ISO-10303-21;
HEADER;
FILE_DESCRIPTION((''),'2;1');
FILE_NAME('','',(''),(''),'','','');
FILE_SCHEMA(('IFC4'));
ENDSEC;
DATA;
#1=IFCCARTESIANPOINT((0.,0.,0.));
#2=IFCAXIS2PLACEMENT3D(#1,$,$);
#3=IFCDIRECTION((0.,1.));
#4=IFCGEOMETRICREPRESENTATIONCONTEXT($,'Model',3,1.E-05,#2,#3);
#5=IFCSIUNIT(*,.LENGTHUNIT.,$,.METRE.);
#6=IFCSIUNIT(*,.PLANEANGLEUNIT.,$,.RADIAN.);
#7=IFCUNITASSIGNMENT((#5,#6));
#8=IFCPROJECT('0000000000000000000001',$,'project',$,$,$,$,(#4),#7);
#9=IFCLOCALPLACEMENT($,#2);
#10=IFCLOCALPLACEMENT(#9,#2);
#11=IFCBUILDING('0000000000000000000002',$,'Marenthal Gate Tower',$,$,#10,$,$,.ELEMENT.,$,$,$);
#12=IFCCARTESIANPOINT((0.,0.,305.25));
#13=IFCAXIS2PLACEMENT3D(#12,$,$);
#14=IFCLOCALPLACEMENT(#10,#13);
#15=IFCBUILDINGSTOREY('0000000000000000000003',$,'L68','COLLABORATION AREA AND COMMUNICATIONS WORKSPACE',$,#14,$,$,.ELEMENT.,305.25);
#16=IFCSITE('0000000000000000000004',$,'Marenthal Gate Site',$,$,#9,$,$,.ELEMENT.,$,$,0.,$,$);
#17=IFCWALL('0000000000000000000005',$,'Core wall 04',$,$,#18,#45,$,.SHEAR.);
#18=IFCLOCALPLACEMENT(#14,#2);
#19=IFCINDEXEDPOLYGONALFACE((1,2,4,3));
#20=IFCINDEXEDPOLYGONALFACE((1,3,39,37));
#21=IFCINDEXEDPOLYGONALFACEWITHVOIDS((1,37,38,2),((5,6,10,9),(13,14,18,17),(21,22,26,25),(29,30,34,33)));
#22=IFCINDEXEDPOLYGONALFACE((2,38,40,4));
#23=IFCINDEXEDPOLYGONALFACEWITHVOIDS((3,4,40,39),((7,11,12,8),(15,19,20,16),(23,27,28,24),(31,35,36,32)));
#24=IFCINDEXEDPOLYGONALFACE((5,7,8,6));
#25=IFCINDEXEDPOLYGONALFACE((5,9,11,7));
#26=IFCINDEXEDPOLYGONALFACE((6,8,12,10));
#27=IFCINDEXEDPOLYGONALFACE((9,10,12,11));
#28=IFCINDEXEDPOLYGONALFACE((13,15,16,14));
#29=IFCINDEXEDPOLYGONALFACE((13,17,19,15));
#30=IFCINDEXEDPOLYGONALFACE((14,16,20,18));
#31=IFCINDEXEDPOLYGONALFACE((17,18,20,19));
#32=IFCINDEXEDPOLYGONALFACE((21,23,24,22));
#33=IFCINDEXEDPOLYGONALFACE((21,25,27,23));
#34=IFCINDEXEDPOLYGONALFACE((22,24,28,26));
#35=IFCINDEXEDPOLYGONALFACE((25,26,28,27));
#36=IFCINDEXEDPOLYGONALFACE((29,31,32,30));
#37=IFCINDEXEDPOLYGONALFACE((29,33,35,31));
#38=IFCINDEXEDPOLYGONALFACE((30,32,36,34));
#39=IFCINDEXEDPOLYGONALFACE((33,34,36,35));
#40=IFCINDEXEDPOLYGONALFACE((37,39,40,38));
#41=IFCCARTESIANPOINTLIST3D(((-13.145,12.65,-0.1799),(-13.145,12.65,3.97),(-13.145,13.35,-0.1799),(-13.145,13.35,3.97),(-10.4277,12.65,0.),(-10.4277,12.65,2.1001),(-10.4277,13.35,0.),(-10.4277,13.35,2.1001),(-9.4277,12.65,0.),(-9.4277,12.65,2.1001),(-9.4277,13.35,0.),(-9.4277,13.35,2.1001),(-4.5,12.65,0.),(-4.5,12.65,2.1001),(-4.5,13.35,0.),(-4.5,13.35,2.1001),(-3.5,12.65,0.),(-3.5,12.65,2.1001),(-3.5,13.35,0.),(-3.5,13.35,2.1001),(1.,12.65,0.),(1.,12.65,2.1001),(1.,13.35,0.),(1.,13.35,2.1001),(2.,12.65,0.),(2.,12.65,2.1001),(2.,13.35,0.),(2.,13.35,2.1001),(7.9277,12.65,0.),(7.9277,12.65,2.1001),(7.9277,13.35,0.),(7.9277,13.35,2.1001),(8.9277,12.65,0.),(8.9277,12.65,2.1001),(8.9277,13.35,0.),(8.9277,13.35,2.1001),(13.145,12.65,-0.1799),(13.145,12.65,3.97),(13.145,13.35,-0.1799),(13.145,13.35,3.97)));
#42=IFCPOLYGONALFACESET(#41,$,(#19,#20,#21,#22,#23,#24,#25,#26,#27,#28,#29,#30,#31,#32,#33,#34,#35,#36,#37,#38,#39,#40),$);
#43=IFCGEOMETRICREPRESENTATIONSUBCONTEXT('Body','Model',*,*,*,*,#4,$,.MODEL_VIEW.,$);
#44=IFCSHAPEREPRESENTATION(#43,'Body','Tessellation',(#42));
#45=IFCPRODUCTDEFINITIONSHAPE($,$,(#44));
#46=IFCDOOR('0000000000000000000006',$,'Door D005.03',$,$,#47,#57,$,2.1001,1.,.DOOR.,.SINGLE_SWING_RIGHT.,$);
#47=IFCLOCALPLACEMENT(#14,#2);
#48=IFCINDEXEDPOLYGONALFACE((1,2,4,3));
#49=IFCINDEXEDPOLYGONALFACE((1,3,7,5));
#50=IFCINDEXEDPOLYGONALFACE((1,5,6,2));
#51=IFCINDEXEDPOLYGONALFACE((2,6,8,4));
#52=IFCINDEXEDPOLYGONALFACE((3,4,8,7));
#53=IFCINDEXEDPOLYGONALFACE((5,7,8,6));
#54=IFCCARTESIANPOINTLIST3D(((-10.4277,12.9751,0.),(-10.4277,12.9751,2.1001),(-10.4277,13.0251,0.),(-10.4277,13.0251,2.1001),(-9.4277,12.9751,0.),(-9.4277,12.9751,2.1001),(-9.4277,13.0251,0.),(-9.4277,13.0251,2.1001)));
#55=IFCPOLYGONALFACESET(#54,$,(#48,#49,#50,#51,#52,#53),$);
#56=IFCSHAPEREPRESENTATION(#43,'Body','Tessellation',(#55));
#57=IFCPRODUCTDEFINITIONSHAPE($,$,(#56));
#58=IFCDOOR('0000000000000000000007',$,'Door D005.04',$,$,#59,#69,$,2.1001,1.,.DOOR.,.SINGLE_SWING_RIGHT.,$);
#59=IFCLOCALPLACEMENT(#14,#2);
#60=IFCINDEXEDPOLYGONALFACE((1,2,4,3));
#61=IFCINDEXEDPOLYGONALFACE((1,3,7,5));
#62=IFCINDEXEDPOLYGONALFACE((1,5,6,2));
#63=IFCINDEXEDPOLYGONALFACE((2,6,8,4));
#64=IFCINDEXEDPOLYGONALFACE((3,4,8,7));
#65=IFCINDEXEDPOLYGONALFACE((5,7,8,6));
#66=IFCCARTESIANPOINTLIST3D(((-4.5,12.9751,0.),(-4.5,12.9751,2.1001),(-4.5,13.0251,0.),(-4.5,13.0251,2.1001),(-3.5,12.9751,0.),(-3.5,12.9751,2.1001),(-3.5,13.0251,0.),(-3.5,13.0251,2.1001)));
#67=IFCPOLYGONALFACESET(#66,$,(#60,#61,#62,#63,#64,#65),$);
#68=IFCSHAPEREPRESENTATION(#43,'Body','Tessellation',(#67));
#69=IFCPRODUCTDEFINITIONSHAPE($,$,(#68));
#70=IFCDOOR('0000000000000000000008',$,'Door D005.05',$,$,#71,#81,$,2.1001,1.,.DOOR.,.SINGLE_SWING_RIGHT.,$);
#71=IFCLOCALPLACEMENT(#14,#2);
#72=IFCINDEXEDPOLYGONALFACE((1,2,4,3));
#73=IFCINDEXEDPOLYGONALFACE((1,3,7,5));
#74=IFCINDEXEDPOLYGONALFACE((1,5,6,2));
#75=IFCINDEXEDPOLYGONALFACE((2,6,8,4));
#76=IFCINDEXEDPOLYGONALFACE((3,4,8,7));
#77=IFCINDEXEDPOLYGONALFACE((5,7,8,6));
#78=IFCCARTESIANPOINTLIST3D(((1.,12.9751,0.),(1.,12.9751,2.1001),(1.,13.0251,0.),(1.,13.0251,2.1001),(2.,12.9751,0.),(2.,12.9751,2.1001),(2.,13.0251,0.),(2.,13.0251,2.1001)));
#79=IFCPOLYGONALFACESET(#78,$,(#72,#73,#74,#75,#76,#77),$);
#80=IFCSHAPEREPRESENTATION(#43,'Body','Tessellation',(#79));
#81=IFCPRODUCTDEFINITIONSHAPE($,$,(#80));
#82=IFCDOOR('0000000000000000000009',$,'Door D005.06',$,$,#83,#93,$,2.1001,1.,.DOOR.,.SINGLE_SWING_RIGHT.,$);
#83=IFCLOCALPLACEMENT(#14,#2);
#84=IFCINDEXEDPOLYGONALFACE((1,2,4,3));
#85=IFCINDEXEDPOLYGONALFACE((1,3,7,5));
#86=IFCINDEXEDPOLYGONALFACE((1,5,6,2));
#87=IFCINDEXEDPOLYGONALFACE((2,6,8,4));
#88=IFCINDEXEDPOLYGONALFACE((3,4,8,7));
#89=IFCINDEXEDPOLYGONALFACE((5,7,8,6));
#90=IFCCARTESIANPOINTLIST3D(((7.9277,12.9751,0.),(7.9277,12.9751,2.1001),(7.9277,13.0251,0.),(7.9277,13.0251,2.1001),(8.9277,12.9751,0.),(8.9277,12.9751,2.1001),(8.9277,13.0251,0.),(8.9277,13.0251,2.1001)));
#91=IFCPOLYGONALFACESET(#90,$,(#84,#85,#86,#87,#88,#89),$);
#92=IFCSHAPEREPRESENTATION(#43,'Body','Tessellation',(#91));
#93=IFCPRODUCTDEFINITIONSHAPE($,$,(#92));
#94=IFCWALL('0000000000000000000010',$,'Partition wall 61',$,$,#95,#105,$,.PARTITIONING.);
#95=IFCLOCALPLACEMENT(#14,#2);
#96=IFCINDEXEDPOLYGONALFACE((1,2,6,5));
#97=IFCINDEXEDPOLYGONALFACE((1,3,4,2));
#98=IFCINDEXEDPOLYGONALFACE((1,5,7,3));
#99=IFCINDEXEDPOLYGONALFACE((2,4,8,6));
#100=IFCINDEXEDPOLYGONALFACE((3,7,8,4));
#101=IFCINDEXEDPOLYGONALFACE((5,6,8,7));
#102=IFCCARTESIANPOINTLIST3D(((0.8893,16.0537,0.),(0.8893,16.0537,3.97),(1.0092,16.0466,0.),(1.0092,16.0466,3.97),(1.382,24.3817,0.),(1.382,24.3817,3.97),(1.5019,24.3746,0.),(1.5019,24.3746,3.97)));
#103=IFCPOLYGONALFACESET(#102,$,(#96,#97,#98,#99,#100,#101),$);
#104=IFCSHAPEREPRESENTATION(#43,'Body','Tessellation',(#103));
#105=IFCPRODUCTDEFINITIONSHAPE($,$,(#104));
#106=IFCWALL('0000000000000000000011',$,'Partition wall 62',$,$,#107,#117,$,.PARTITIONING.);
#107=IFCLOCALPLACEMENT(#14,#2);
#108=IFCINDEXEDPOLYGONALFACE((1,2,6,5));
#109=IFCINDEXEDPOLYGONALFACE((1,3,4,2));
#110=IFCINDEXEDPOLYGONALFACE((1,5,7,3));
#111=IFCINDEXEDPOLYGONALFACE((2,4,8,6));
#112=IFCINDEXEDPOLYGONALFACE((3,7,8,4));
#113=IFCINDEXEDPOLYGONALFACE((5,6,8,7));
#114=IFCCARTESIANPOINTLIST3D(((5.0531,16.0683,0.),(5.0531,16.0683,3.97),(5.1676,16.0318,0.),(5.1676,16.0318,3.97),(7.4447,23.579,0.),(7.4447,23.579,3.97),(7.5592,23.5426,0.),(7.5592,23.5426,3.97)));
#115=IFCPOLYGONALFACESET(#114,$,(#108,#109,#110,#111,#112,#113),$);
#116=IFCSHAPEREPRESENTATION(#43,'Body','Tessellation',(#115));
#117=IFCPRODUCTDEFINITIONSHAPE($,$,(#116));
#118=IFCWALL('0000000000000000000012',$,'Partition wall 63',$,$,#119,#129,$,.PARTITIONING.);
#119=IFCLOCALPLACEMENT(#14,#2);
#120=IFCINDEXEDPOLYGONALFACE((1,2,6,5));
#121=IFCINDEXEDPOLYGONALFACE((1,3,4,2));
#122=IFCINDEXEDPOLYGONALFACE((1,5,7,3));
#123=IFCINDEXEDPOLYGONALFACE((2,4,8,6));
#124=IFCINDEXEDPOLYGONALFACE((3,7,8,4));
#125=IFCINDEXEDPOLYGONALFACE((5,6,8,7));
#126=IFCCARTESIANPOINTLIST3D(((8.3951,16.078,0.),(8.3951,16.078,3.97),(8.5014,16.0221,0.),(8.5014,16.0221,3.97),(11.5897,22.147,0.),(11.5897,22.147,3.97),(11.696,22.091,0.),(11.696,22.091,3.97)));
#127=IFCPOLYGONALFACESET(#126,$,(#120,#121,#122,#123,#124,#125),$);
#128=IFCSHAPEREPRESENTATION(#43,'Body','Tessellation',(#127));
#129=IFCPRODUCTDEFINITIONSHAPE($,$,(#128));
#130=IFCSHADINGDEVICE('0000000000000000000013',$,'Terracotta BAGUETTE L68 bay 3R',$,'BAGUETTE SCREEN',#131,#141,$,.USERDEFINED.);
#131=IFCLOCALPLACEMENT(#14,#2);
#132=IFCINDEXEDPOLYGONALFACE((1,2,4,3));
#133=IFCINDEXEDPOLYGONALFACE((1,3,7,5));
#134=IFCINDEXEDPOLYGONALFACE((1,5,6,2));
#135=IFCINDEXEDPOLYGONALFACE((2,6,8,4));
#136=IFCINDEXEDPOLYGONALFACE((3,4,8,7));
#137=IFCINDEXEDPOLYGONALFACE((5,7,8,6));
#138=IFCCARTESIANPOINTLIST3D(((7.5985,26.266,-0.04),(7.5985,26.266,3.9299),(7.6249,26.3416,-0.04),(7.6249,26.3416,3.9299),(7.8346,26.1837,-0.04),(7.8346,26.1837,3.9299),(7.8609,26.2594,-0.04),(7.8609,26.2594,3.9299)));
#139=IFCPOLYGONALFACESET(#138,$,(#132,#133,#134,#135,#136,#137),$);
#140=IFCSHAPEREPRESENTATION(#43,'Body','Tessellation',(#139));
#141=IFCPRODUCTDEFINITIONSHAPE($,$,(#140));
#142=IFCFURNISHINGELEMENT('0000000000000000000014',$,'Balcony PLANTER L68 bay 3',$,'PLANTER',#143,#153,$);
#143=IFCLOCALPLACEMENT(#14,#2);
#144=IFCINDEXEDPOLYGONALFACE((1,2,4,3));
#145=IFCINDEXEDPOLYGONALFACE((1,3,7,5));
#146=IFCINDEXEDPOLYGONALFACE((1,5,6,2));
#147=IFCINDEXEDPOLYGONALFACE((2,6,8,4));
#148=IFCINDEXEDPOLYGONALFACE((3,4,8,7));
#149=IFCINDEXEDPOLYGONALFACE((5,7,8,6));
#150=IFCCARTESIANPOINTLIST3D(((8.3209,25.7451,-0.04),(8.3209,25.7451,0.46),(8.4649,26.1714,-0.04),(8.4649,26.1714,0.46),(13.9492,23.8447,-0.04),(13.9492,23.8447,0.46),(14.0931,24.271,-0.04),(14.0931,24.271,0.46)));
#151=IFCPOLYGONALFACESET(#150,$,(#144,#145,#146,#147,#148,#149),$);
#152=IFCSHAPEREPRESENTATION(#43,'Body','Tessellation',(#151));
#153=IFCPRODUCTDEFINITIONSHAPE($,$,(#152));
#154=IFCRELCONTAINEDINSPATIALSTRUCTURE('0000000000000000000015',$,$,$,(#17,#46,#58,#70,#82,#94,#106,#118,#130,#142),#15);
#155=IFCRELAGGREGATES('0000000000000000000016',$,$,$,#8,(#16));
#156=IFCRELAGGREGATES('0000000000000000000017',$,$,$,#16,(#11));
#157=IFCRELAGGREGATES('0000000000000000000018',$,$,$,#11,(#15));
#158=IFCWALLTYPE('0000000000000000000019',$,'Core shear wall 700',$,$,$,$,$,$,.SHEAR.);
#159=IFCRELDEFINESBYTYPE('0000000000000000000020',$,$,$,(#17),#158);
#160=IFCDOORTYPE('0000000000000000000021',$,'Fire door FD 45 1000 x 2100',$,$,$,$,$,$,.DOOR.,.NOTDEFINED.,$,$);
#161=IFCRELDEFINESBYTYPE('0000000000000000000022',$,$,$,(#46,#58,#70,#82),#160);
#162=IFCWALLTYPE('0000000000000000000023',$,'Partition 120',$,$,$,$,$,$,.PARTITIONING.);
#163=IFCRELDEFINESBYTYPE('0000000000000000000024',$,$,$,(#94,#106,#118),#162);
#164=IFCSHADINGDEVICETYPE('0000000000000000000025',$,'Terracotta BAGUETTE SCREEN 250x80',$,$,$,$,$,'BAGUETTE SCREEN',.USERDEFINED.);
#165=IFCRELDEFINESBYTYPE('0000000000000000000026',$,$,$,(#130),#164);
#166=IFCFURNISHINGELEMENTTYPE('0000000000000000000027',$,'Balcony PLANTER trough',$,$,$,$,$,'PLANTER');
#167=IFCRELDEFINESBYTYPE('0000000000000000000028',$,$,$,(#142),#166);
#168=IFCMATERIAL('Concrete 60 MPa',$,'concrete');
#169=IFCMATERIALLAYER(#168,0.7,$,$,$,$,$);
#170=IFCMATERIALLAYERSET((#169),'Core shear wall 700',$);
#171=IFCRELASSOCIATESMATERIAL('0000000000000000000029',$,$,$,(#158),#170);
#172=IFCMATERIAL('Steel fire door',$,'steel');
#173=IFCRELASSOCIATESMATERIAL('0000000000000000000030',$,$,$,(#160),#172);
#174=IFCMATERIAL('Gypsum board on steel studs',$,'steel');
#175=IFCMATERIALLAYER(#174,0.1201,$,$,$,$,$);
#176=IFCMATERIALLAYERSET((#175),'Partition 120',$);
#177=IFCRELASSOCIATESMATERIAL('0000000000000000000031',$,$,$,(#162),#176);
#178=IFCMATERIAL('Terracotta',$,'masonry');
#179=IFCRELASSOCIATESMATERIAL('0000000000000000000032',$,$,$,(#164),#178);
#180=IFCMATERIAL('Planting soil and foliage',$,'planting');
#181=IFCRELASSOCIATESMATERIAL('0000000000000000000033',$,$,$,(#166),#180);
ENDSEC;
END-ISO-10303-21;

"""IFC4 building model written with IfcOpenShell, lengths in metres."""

from ifc_helpers import new_model, si_unit, direction, frame, frame_2d, origin, origin_2d, place, context, subcontext, project, spatial, rectangle, extrude, material, layer, layer_set, material_profile, profile_set, type_object, element, fill, save


model = new_model("IFC4")

# Units and contexts
model_context = context("Model", 3, precision=1e-05, world=origin(), true_north=direction((0.0, 1.0)))
body_context = subcontext(model_context, "Body", "Model", "MODEL_VIEW")
ifc_project = project(units=[si_unit("LENGTHUNIT", "METRE"), si_unit("PLANEANGLEUNIT", "RADIAN")], contexts=[model_context])

# Site, building, storey
site_placement = place(None, origin())
site = spatial("IfcSite", under=ifc_project, at=site_placement, Name="Marenthal Gate Site", CompositionType="ELEMENT", RefElevation=0.0)
building_placement = place(site_placement, origin())
building = spatial("IfcBuilding", under=site, at=building_placement, Name="Marenthal Gate Tower", CompositionType="ELEMENT")
storey_placement = place(building_placement, frame((0.0, 0.0, 305.25)))
storey = spatial("IfcBuildingStorey", under=building, at=storey_placement, Name="L68", Description="COLLABORATION AREA AND COMMUNICATIONS WORKSPACE", CompositionType="ELEMENT", Elevation=305.25)

# Wall, openings, doors
ifc_material_1 = material(Name="Concrete 60 MPa", Category="concrete")
ifc_layer_1 = layer(ifc_material_1, 0.7)
ifc_layer_set_1 = layer_set([ifc_layer_1], Name="Core shear wall 700")
wall_type_1 = type_object("IfcWallType", Name="Core shear wall 700", PredefinedType="SHEAR", material=ifc_layer_set_1)
wall_1_placement = place(storey_placement, frame((13.145, 13.0, -0.1799), z_axis=(0.0, 0.0, 1.0), x_axis=(-1.0, 0.0, 0.0)))
wall_1 = element("IfcWall", 1, at=wall_1_placement, inside=storey, type_object=wall_type_1, Name="Core wall 04", PredefinedType="SHEAR", context=body_context, shape_type="SweptSolid", body=[
    extrude(rectangle(XDim=26.29, YDim=0.7, at=frame_2d((13.145, 0.0))), origin(), (0.0, 0.0, 1.0), 4.1499),
])
opening_1_placement = place(wall_1_placement, frame((22.5728, 0.0, 0.1799)))
opening_1 = element("IfcOpeningElement", 2, at=opening_1_placement, cuts=wall_1, PredefinedType="OPENING", context=body_context, shape_type="SweptSolid", body=[
    extrude(rectangle(XDim=1.0, YDim=2.1001, at=frame_2d((0.5, 1.05))), frame((0.0, 0.3599, 0.0), z_axis=(0.0, -1.0, 0.0), x_axis=(1.0, 0.0, 0.0)), (0.0, 0.0, 1.0), 0.72),
])
opening_2_placement = place(wall_1_placement, frame((16.645, 0.0, 0.1799)))
opening_2 = element("IfcOpeningElement", 3, at=opening_2_placement, cuts=wall_1, PredefinedType="OPENING", context=body_context, shape_type="SweptSolid", body=[
    extrude(rectangle(XDim=1.0, YDim=2.1001, at=frame_2d((0.5, 1.05))), frame((0.0, 0.3599, 0.0), z_axis=(0.0, -1.0, 0.0), x_axis=(1.0, 0.0, 0.0)), (0.0, 0.0, 1.0), 0.72),
])
opening_3_placement = place(wall_1_placement, frame((11.145, 0.0, 0.1799)))
opening_3 = element("IfcOpeningElement", 4, at=opening_3_placement, cuts=wall_1, PredefinedType="OPENING", context=body_context, shape_type="SweptSolid", body=[
    extrude(rectangle(XDim=1.0, YDim=2.1001, at=frame_2d((0.5, 1.05))), frame((0.0, 0.3599, 0.0), z_axis=(0.0, -1.0, 0.0), x_axis=(1.0, 0.0, 0.0)), (0.0, 0.0, 1.0), 0.72),
])
opening_4_placement = place(wall_1_placement, frame((4.2173, 0.0, 0.1799)))
opening_4 = element("IfcOpeningElement", 5, at=opening_4_placement, cuts=wall_1, PredefinedType="OPENING", context=body_context, shape_type="SweptSolid", body=[
    extrude(rectangle(XDim=1.0, YDim=2.1001, at=frame_2d((0.5, 1.05))), frame((0.0, 0.3599, 0.0), z_axis=(0.0, -1.0, 0.0), x_axis=(1.0, 0.0, 0.0)), (0.0, 0.0, 1.0), 0.72),
])
ifc_material_2 = material(Name="Steel fire door", Category="steel")
door_type = type_object("IfcDoorType", Name="Fire door FD 45 1000 x 2100", OperationType="NOTDEFINED", PredefinedType="DOOR", material=ifc_material_2)
door_1_placement = place(opening_1_placement, origin())
door_1 = element("IfcDoor", 6, at=door_1_placement, inside=storey, type_object=door_type, Name="Door D005.03", OperationType="SINGLE_SWING_RIGHT", OverallHeight=2.1001, OverallWidth=1.0, PredefinedType="DOOR", context=body_context, shape_type="SweptSolid", body=[
    extrude(rectangle(XDim=1.0, YDim=2.1001, at=frame_2d((0.5, 1.05))), frame((0.0, 0.0249, 0.0), z_axis=(0.0, -1.0, 0.0), x_axis=(1.0, 0.0, 0.0)), (0.0, 0.0, 1.0), 0.05),
])
fill(opening_1, door_1)
door_2_placement = place(opening_2_placement, origin())
door_2 = element("IfcDoor", 7, at=door_2_placement, inside=storey, type_object=door_type, Name="Door D005.04", OperationType="SINGLE_SWING_RIGHT", OverallHeight=2.1001, OverallWidth=1.0, PredefinedType="DOOR", context=body_context, shape_type="SweptSolid", body=[
    extrude(rectangle(XDim=1.0, YDim=2.1001, at=frame_2d((0.5, 1.05))), frame((0.0, 0.0249, 0.0), z_axis=(0.0, -1.0, 0.0), x_axis=(1.0, 0.0, 0.0)), (0.0, 0.0, 1.0), 0.05),
])
fill(opening_2, door_2)
door_3_placement = place(opening_3_placement, origin())
door_3 = element("IfcDoor", 8, at=door_3_placement, inside=storey, type_object=door_type, Name="Door D005.05", OperationType="SINGLE_SWING_RIGHT", OverallHeight=2.1001, OverallWidth=1.0, PredefinedType="DOOR", context=body_context, shape_type="SweptSolid", body=[
    extrude(rectangle(XDim=1.0, YDim=2.1001, at=frame_2d((0.5, 1.05))), frame((0.0, 0.0249, 0.0), z_axis=(0.0, -1.0, 0.0), x_axis=(1.0, 0.0, 0.0)), (0.0, 0.0, 1.0), 0.05),
])
fill(opening_3, door_3)
door_4_placement = place(opening_4_placement, origin())
door_4 = element("IfcDoor", 9, at=door_4_placement, inside=storey, type_object=door_type, Name="Door D005.06", OperationType="SINGLE_SWING_RIGHT", OverallHeight=2.1001, OverallWidth=1.0, PredefinedType="DOOR", context=body_context, shape_type="SweptSolid", body=[
    extrude(rectangle(XDim=1.0, YDim=2.1001, at=frame_2d((0.5, 1.05))), frame((0.0, 0.0249, 0.0), z_axis=(0.0, -1.0, 0.0), x_axis=(1.0, 0.0, 0.0)), (0.0, 0.0, 1.0), 0.05),
])
fill(opening_4, door_4)

# Walls
ifc_material_3 = material(Name="Gypsum board on steel studs", Category="steel")
ifc_layer_2 = layer(ifc_material_3, 0.1201)
ifc_layer_set_2 = layer_set([ifc_layer_2], Name="Partition 120")
wall_type_2 = type_object("IfcWallType", Name="Partition 120", PredefinedType="PARTITIONING", material=ifc_layer_set_2)
wall_2_placement = place(storey_placement, frame((0.9492, 16.05, 0.0), z_axis=(0.0, 0.0, 1.0), x_axis=(0.059057, 0.998255, 0.0)))
element("IfcWall", 10, at=wall_2_placement, inside=storey, type_object=wall_type_2, Name="Partition wall 61", PredefinedType="PARTITIONING", context=body_context, shape_type="SweptSolid", body=[
    extrude(rectangle(XDim=8.3425, YDim=0.1201, at=frame_2d((4.1714, 0.0))), origin(), (0.0, 0.0, 1.0), 3.97),
])
wall_3_placement = place(storey_placement, frame((5.1104, 16.05, 0.0), z_axis=(0.0, 0.0, 1.0), x_axis=(0.303413, 0.952859, 0.0)))
element("IfcWall", 11, at=wall_3_placement, inside=storey, type_object=wall_type_2, Name="Partition wall 62", PredefinedType="PARTITIONING", context=body_context, shape_type="SweptSolid", body=[
    extrude(rectangle(XDim=7.8823, YDim=0.1201, at=frame_2d((3.9412, 0.0))), origin(), (0.0, 0.0, 1.0), 3.97),
])
wall_4_placement = place(storey_placement, frame((8.4482, 16.05, 0.0), z_axis=(0.0, 0.0, 1.0), x_axis=(0.465798, 0.884891, 0.0)))
element("IfcWall", 12, at=wall_4_placement, inside=storey, type_object=wall_type_2, Name="Partition wall 63", PredefinedType="PARTITIONING", context=body_context, shape_type="SweptSolid", body=[
    extrude(rectangle(XDim=6.8584, YDim=0.1201, at=frame_2d((3.4292, 0.0))), origin(), (0.0, 0.0, 1.0), 3.97),
])

# Shading device
ifc_material_4 = material(Name="Terracotta", Category="masonry")
ifc_material_profile_1 = material_profile(ifc_material_4, rectangle(XDim=0.25, YDim=0.0801, at=origin_2d()), Name="Terracotta baguette 250x80")
ifc_profile_set_1 = profile_set([ifc_material_profile_1], Name="Terracotta")
shading_device_type = type_object("IfcShadingDeviceType", Name="Terracotta BAGUETTE SCREEN 250x80", ElementType="BAGUETTE SCREEN", PredefinedType="USERDEFINED", material=ifc_profile_set_1)
shading_device_placement = place(storey_placement, frame((7.7297, 26.2627, -0.04), z_axis=(0.0, 0.0, 1.0), x_axis=(-0.94428, 0.329144, 0.0)))
element("IfcShadingDevice", 13, at=shading_device_placement, inside=storey, type_object=shading_device_type, Name="Terracotta BAGUETTE L68 bay 3R", ObjectType="BAGUETTE SCREEN", PredefinedType="USERDEFINED", context=body_context, shape_type="SweptSolid", body=[
    extrude(rectangle(XDim=0.25, YDim=0.0801, at=origin_2d()), origin(), (0.0, 0.0, 1.0), 3.97),
])

# Furnishing element
ifc_material_5 = material(Name="Planting soil and foliage", Category="planting")
furnishing_element_type = type_object("IfcFurnishingElementType", Name="Balcony PLANTER trough", ElementType="PLANTER", material=ifc_material_5)
furnishing_placement = place(storey_placement, frame((11.207, 25.0081, -0.04), z_axis=(0.0, 0.0, 1.0), x_axis=(-0.947448, 0.31991, 0.0)))
element("IfcFurnishingElement", 14, at=furnishing_placement, inside=storey, type_object=furnishing_element_type, Name="Balcony PLANTER L68 bay 3", ObjectType="PLANTER", context=body_context, shape_type="SweptSolid", body=[
    extrude(rectangle(XDim=5.9404, YDim=0.45, at=origin_2d()), origin(), (0.0, 0.0, 1.0), 0.5),
])

save(model, "model.ifc")
